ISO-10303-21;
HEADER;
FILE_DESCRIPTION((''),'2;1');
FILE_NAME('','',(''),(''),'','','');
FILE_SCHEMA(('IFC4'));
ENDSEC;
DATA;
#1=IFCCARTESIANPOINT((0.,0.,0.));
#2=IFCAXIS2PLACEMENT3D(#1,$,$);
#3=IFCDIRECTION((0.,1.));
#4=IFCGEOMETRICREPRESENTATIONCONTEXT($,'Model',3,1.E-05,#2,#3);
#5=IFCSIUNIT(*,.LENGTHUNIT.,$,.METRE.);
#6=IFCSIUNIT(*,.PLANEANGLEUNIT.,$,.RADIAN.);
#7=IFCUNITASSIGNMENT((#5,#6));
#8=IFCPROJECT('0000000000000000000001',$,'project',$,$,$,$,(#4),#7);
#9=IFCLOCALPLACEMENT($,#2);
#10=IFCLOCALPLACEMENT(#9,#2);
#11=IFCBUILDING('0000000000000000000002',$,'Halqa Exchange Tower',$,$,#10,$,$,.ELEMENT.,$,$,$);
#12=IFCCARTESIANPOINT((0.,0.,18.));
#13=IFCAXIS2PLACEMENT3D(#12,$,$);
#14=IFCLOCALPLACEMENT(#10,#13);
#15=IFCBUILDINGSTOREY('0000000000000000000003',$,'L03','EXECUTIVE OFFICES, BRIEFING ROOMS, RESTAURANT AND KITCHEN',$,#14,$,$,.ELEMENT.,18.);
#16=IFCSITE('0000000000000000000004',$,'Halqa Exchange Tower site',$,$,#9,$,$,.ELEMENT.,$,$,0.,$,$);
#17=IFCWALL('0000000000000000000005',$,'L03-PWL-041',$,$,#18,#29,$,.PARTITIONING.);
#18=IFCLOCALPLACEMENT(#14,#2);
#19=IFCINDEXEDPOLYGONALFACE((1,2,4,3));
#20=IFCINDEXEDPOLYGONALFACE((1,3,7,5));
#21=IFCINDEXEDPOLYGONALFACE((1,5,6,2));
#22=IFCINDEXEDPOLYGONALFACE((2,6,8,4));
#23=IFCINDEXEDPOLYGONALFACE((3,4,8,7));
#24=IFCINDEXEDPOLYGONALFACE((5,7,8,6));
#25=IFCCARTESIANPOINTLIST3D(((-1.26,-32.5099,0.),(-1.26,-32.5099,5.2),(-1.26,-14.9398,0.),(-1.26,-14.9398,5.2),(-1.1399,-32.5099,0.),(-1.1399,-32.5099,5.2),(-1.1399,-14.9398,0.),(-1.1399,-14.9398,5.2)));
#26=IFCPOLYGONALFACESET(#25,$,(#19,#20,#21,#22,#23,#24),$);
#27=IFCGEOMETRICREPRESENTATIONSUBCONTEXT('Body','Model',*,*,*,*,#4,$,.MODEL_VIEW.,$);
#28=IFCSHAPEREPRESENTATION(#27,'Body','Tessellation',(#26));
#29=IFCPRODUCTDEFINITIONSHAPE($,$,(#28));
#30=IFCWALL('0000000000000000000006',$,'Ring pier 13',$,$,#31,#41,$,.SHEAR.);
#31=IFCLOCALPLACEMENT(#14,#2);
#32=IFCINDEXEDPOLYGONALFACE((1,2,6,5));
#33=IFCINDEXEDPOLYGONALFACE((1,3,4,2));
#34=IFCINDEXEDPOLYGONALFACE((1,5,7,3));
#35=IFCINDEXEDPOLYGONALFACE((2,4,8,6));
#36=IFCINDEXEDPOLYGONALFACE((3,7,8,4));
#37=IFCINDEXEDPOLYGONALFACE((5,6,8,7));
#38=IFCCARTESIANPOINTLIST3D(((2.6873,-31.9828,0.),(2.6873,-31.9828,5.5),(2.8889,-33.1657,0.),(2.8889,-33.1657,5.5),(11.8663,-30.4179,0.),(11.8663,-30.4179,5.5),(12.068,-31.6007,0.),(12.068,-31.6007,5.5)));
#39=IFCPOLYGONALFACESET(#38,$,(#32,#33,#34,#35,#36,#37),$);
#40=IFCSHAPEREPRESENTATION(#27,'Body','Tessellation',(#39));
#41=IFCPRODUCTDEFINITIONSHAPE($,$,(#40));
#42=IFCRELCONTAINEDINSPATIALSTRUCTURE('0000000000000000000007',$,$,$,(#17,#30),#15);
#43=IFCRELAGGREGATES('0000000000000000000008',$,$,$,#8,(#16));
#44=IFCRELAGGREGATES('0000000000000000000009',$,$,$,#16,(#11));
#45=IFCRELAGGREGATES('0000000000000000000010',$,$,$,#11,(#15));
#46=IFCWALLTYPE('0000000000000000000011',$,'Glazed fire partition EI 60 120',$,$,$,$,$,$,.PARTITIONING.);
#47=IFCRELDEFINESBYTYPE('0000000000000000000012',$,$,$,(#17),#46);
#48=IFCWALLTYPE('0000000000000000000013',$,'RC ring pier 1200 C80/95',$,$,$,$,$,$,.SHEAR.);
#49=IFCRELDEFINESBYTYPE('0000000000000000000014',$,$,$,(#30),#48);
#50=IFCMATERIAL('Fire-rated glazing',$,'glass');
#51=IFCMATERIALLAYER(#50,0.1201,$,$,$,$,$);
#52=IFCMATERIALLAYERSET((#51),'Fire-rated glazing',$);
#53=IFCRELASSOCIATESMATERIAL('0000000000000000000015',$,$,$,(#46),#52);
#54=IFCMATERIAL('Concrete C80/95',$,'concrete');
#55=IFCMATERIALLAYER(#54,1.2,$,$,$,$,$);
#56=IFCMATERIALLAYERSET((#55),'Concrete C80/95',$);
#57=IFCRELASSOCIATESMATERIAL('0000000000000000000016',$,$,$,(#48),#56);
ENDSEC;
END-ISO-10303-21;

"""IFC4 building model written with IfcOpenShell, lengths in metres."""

from ifc_helpers import new_model, si_unit, direction, frame, frame_2d, origin, place, context, subcontext, project, spatial, rectangle, extrude, material, layer, layer_set, type_object, element, save


model = new_model("IFC4")

# Units and contexts
model_context = context("Model", 3, precision=1e-05, world=origin(), true_north=direction((0.0, 1.0)))
body_context = subcontext(model_context, "Body", "Model", "MODEL_VIEW")
ifc_project = project(units=[si_unit("LENGTHUNIT", "METRE"), si_unit("PLANEANGLEUNIT", "RADIAN")], contexts=[model_context])

# Site, building, storey
site_placement = place(None, origin())
site = spatial("IfcSite", under=ifc_project, at=site_placement, Name="Halqa Exchange Tower site", CompositionType="ELEMENT", RefElevation=0.0)
building_placement = place(site_placement, origin())
building = spatial("IfcBuilding", under=site, at=building_placement, Name="Halqa Exchange Tower", CompositionType="ELEMENT")
storey_placement = place(building_placement, frame((0.0, 0.0, 18.0)))
storey = spatial("IfcBuildingStorey", under=building, at=storey_placement, Name="L03", Description="EXECUTIVE OFFICES, BRIEFING ROOMS, RESTAURANT AND KITCHEN", CompositionType="ELEMENT", Elevation=18.0)

# Walls
ifc_material_1 = material(Name="Fire-rated glazing", Category="glass")
ifc_layer_1 = layer(ifc_material_1, 0.1201)
ifc_layer_set_1 = layer_set([ifc_layer_1], Name="Fire-rated glazing")
wall_type_1 = type_object("IfcWallType", Name="Glazed fire partition EI 60 120", PredefinedType="PARTITIONING", material=ifc_layer_set_1)
wall_1_placement = place(storey_placement, frame((-1.2, -32.51, 0.0), z_axis=(0.0, 0.0, 1.0), x_axis=(0.0, 1.0, 0.0)))
element("IfcWall", 1, at=wall_1_placement, inside=storey, type_object=wall_type_1, Name="L03-PWL-041", PredefinedType="PARTITIONING", context=body_context, shape_type="SweptSolid", body=[
    extrude(rectangle(XDim=17.5701, YDim=0.1201, at=frame_2d((8.7852, 0.0))), origin(), (0.0, 0.0, 1.0), 5.2),
])
ifc_material_2 = material(Name="Concrete C80/95", Category="concrete")
ifc_layer_2 = layer(ifc_material_2, 1.2)
ifc_layer_set_2 = layer_set([ifc_layer_2], Name="Concrete C80/95")
wall_type_2 = type_object("IfcWallType", Name="RC ring pier 1200 C80/95", PredefinedType="SHEAR", material=ifc_layer_set_2)
wall_2_placement = place(storey_placement, frame((2.7881, -32.5742, 0.0), z_axis=(0.0, 0.0, 1.0), x_axis=(0.985776, 0.168063, 0.0)))
element("IfcWall", 2, at=wall_2_placement, inside=storey, type_object=wall_type_2, Name="Ring pier 13", PredefinedType="SHEAR", context=body_context, shape_type="SweptSolid", body=[
    extrude(rectangle(XDim=9.3115, YDim=1.2, at=frame_2d((4.6558, 0.0))), origin(), (0.0, 0.0, 1.0), 5.5),
])

save(model, "model.ifc")
